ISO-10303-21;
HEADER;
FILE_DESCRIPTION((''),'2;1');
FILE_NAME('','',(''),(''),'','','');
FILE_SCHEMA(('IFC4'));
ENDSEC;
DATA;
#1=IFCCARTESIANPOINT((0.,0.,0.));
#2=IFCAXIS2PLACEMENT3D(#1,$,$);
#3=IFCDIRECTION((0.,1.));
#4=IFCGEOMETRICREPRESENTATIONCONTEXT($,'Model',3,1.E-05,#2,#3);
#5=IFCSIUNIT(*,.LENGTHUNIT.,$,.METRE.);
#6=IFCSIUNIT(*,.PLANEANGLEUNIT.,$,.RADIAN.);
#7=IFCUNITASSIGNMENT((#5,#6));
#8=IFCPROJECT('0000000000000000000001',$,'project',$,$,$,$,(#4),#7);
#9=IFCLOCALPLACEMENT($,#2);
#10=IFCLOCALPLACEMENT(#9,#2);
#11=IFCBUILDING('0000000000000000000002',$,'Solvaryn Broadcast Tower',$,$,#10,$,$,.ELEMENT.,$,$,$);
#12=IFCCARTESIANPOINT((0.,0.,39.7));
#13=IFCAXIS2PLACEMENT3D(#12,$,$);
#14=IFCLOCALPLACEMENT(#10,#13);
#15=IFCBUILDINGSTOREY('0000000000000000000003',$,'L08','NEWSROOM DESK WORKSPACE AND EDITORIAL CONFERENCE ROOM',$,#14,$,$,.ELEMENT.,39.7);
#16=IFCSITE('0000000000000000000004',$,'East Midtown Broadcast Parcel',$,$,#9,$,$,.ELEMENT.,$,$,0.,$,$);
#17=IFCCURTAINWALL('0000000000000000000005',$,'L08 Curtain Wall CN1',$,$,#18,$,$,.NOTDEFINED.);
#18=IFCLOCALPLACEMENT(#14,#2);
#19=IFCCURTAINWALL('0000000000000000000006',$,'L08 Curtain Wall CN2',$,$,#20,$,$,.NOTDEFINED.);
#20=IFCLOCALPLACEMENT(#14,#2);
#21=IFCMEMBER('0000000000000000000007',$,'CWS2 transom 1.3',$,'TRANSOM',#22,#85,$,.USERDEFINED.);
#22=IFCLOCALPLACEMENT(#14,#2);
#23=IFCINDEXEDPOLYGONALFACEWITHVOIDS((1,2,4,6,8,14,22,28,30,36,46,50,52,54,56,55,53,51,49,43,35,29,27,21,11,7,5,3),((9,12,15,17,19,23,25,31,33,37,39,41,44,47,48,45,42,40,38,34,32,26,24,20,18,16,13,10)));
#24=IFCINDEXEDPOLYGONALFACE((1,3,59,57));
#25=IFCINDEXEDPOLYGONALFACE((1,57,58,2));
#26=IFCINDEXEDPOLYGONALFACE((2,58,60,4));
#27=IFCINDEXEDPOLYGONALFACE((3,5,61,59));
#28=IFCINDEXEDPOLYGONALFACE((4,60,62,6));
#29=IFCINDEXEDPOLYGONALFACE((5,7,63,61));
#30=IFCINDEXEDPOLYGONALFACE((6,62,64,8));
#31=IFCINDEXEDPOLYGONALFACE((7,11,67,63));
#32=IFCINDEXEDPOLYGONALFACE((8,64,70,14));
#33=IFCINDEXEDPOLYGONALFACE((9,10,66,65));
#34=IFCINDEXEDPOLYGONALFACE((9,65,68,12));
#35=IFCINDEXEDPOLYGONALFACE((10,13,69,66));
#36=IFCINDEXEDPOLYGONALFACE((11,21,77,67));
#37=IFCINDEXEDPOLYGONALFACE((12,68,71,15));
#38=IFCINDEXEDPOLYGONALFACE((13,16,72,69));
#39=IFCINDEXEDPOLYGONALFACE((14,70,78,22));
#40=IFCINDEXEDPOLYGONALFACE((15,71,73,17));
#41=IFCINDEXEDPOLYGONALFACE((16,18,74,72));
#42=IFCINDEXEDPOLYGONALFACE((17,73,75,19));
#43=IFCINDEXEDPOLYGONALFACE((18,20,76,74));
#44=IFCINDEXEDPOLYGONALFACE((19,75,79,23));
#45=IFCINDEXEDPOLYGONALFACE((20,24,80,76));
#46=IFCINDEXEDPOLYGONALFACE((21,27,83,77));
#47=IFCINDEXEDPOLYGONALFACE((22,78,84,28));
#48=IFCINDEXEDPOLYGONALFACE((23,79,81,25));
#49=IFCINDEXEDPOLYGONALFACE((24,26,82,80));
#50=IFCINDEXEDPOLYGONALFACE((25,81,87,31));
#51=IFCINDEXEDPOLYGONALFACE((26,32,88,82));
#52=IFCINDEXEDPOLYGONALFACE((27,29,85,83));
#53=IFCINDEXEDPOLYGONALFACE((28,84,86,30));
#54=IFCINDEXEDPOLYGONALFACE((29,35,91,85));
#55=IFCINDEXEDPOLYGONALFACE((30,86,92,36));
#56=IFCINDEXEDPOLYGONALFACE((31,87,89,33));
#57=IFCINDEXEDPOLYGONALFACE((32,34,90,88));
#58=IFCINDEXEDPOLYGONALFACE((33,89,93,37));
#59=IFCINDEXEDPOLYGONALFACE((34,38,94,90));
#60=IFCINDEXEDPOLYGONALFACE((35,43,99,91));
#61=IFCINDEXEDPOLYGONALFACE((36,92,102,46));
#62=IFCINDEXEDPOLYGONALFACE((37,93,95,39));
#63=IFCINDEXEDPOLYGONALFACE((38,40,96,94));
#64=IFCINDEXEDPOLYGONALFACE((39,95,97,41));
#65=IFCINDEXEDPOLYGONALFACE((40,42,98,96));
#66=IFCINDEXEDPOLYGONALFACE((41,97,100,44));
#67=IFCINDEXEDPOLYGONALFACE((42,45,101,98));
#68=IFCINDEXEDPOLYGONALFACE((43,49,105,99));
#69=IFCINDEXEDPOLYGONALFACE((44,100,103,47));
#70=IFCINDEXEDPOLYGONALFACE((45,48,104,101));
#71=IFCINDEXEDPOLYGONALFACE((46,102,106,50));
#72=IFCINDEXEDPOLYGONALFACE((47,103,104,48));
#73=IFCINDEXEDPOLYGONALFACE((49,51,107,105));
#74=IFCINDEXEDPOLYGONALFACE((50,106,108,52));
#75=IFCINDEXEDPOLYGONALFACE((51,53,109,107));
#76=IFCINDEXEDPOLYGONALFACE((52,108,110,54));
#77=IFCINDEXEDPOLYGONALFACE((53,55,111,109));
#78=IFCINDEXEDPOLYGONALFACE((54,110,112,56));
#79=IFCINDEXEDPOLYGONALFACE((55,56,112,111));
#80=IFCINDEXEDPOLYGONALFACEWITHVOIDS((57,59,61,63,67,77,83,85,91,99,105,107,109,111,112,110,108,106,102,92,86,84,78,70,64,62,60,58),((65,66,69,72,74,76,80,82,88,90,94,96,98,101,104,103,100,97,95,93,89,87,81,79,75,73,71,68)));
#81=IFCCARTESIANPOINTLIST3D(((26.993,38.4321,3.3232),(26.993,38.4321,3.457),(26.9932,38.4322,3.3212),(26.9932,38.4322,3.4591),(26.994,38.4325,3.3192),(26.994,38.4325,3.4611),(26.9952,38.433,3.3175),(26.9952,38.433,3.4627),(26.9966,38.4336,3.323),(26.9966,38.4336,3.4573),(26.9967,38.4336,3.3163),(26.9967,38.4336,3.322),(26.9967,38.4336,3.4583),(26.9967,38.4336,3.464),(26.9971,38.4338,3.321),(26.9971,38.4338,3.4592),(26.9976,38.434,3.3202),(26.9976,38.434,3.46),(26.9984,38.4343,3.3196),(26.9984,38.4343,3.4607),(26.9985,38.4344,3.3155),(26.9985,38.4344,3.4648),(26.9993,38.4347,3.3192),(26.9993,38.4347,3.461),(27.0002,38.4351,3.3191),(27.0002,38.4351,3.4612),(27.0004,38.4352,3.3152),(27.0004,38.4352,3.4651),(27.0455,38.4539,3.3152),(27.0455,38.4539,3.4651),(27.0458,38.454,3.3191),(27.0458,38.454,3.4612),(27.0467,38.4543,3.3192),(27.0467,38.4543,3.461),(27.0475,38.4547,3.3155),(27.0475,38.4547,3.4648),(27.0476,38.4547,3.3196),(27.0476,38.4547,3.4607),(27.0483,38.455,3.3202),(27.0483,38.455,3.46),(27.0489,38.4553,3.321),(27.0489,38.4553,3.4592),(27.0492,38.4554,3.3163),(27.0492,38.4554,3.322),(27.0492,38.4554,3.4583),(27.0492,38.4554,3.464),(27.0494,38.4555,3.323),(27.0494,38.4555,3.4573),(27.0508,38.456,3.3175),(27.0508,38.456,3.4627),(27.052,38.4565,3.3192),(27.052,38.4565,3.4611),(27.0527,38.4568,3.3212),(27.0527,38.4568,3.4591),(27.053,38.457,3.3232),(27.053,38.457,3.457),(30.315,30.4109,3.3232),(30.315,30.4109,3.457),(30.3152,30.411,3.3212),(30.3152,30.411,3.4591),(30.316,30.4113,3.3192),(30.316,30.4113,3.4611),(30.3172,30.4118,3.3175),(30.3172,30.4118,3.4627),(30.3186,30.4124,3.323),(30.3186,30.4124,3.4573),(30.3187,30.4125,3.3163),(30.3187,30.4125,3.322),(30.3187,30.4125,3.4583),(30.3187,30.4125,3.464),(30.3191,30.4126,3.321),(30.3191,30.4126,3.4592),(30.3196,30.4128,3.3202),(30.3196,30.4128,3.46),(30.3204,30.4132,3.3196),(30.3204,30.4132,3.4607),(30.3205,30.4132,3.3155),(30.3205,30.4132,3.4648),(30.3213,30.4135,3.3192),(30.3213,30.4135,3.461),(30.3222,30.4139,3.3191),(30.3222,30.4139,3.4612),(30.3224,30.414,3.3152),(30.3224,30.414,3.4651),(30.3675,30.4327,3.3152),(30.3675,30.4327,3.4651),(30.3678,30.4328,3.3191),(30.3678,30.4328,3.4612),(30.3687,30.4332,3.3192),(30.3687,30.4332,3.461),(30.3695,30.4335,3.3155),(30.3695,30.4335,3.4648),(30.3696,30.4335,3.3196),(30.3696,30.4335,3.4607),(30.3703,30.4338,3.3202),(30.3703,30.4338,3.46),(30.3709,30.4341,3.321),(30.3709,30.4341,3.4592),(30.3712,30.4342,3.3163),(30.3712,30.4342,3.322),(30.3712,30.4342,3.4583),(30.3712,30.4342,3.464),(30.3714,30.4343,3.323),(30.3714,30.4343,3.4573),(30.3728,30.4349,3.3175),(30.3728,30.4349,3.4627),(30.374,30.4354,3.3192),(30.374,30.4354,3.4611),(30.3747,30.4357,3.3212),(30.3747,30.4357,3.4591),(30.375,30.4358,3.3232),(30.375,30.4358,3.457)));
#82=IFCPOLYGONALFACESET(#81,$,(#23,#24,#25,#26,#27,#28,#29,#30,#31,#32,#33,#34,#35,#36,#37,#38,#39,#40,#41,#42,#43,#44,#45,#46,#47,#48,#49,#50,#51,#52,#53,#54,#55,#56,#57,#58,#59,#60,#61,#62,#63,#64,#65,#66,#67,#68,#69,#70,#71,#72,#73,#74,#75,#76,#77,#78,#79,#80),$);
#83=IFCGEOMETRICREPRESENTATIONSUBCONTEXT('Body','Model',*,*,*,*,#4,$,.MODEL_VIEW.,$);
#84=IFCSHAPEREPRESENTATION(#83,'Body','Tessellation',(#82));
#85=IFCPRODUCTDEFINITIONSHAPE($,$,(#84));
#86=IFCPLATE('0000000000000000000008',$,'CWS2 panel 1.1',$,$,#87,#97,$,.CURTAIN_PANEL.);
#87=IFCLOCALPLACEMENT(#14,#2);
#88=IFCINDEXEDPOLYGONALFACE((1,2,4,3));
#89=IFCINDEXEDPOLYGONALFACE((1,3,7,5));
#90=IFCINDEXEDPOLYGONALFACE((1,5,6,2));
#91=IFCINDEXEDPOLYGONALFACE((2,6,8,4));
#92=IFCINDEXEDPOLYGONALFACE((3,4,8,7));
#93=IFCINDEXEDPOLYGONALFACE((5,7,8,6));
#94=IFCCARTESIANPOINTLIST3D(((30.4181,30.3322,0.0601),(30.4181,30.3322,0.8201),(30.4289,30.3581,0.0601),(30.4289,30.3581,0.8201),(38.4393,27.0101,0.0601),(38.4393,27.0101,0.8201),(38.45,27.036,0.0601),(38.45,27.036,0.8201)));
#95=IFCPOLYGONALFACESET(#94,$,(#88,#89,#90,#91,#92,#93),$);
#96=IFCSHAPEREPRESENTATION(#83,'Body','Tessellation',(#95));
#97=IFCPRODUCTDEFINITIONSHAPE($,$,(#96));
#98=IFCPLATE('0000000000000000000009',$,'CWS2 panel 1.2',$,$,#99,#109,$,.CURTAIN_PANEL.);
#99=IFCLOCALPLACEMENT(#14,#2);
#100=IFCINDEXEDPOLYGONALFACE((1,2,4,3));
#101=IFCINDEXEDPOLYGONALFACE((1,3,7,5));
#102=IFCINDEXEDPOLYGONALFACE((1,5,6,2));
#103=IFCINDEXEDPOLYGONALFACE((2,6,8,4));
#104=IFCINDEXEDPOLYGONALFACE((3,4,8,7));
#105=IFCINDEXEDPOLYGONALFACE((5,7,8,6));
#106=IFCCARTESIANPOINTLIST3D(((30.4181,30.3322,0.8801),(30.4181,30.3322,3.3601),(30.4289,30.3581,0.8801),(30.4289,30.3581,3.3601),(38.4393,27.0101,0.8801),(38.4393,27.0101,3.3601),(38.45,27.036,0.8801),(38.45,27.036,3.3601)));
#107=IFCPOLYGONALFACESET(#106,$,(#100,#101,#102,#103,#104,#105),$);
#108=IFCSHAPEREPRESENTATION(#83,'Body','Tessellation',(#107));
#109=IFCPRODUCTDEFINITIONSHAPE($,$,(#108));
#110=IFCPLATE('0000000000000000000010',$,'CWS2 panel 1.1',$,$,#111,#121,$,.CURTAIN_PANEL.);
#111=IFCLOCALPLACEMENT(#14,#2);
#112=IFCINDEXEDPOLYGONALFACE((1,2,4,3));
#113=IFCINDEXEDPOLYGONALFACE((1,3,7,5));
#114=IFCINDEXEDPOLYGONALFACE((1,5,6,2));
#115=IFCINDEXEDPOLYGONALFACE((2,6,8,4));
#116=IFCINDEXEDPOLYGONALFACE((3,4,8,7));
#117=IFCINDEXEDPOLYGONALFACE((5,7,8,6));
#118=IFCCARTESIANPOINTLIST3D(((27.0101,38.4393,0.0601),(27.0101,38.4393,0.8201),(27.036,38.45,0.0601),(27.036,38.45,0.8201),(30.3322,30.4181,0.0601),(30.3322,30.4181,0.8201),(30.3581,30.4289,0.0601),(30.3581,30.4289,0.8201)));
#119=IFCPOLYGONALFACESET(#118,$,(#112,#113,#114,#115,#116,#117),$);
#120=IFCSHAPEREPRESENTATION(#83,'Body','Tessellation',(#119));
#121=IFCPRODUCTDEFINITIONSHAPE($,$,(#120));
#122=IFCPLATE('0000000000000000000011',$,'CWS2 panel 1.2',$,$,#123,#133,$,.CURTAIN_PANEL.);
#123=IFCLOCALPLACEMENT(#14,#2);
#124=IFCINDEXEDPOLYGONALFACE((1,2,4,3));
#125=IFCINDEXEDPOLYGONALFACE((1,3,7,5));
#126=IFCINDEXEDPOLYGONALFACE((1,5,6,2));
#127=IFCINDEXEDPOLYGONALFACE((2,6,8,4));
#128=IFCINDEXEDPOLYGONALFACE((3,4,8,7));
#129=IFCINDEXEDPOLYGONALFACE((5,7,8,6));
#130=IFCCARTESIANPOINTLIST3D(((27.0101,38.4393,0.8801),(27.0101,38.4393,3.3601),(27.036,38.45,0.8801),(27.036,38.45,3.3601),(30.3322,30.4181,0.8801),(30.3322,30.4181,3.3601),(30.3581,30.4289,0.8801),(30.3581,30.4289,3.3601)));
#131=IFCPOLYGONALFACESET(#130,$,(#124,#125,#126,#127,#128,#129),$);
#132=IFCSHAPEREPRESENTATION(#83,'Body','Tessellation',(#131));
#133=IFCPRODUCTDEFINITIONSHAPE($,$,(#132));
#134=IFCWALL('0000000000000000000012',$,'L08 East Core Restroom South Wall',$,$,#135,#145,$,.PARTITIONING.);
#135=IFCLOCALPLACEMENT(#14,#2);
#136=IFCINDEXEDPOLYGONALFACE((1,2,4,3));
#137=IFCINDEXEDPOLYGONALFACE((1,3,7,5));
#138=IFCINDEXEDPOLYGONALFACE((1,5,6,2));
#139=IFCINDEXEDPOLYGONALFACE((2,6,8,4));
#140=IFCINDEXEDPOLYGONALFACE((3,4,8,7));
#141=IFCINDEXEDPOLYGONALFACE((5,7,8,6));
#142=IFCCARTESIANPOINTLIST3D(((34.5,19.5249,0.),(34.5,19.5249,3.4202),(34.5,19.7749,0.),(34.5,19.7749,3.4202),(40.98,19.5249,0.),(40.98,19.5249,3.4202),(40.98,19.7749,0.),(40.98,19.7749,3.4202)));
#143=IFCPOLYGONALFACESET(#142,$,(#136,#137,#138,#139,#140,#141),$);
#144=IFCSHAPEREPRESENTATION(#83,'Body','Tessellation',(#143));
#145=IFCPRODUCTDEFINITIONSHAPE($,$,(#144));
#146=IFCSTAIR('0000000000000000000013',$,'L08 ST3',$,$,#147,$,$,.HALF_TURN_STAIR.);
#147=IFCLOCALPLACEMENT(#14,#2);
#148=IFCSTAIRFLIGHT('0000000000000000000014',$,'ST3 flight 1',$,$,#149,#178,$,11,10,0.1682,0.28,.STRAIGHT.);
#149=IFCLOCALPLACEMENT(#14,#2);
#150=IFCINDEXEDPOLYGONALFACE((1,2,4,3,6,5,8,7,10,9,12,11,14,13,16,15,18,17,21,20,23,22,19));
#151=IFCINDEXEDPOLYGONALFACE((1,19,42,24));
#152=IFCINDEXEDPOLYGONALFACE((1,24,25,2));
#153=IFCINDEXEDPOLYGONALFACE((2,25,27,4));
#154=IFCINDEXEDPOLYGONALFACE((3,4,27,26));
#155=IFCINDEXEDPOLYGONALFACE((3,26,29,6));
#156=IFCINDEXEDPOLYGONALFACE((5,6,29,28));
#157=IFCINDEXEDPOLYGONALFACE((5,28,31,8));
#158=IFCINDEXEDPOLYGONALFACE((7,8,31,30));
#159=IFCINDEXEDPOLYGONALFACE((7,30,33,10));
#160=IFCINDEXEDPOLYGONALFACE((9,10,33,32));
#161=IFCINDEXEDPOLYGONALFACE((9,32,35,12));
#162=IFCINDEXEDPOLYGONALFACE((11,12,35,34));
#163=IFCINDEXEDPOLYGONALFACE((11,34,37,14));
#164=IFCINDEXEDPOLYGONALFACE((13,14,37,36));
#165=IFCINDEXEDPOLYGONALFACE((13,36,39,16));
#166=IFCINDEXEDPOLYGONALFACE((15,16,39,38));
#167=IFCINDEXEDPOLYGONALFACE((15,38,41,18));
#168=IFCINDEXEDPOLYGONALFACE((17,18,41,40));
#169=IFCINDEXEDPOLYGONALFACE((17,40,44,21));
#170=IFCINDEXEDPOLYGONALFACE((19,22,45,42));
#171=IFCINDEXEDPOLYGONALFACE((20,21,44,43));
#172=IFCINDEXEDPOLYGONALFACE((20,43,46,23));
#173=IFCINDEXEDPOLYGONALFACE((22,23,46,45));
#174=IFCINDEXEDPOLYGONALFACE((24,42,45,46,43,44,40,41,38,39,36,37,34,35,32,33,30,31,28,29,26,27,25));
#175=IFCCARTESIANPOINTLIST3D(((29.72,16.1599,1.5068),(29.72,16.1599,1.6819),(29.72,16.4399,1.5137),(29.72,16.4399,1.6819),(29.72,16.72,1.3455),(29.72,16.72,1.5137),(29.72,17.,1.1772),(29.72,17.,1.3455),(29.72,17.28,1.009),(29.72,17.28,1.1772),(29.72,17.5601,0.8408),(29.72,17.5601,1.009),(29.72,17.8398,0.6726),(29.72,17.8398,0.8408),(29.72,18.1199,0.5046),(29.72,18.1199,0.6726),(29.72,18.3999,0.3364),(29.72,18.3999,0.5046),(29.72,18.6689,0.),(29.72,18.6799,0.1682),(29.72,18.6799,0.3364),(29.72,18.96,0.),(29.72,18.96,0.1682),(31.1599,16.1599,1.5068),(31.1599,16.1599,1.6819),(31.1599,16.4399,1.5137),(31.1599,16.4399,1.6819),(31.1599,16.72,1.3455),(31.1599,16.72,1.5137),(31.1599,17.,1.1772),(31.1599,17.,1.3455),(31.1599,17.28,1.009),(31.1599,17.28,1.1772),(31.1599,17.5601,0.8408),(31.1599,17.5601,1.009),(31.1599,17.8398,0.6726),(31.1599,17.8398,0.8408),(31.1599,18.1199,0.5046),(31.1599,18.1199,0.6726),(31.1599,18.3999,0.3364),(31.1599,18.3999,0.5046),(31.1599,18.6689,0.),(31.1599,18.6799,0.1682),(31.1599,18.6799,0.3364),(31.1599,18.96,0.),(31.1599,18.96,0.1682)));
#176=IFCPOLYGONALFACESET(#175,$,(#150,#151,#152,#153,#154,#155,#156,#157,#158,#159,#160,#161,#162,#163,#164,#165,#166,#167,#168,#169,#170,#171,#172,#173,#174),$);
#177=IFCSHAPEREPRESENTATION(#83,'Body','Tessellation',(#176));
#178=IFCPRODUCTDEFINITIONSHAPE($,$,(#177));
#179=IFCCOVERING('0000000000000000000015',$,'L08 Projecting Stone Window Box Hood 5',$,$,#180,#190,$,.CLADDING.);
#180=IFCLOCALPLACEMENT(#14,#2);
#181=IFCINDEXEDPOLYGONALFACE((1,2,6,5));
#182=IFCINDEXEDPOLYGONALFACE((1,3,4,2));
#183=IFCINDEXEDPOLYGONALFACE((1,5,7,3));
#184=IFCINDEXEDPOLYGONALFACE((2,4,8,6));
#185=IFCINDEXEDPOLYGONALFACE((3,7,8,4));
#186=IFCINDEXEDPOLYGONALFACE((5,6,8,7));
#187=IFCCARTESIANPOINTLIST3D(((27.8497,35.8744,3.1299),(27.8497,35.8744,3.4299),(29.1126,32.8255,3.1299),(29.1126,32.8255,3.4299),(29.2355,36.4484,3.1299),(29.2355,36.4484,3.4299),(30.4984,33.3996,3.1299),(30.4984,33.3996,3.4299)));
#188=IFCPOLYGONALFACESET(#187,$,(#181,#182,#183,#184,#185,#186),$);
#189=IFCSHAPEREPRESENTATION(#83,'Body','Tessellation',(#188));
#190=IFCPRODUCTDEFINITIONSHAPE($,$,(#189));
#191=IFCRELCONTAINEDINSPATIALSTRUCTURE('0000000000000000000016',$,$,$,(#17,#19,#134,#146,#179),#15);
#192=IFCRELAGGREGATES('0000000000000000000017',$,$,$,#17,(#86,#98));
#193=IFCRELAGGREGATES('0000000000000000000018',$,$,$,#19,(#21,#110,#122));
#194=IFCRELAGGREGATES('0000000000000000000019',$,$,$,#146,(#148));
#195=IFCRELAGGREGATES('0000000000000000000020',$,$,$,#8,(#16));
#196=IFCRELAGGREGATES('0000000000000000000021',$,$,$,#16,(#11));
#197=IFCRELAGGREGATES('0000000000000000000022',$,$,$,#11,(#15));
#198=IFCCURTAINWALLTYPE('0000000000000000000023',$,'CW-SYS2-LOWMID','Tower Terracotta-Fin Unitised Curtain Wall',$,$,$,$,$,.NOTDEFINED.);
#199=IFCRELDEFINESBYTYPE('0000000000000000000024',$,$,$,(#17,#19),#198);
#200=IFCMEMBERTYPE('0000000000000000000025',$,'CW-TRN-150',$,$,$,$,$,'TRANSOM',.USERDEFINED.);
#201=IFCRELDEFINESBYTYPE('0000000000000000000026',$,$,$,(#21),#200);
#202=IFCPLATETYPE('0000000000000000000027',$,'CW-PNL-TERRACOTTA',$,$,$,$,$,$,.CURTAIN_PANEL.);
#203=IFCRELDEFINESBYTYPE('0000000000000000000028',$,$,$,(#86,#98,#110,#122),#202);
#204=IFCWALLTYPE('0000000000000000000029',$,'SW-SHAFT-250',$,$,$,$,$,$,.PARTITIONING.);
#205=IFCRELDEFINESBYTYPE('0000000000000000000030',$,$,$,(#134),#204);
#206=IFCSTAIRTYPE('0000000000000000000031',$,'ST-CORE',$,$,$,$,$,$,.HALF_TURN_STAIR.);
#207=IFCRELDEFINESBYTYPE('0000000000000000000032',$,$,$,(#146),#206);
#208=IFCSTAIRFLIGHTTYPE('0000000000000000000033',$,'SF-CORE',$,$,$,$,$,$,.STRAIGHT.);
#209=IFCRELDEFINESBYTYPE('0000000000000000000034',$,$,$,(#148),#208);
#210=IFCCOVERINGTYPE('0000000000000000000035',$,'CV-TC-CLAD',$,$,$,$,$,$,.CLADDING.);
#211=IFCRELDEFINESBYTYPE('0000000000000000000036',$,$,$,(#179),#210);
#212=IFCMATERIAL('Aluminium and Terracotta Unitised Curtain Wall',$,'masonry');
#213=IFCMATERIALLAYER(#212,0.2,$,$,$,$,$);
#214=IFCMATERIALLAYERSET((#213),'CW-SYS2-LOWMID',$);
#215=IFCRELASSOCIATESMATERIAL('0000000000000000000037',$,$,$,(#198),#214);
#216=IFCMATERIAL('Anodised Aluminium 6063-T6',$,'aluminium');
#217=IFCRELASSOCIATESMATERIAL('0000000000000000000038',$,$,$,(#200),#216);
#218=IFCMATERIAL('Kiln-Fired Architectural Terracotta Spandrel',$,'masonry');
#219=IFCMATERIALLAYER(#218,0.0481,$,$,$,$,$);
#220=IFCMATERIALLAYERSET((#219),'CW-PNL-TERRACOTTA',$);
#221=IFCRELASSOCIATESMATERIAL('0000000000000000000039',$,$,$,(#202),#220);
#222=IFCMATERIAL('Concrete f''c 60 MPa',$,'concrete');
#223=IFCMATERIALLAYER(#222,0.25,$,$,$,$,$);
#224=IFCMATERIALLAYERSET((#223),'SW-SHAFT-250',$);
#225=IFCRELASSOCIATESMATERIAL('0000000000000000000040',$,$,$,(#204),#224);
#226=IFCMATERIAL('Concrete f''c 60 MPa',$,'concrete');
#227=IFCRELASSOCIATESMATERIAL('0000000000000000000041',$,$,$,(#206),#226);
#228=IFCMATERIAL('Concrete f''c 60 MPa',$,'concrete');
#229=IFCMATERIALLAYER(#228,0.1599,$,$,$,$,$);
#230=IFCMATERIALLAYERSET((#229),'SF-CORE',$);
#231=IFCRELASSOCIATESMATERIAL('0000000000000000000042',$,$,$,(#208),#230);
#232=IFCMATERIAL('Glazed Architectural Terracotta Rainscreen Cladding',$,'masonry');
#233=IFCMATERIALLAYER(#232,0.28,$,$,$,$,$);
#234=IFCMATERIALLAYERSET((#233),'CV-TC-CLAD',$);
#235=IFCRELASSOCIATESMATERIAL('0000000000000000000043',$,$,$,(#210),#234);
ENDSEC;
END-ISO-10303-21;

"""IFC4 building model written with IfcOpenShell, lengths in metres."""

from ifc_helpers import new_model, si_unit, direction, frame, frame_2d, origin, origin_2d, place, context, subcontext, project, spatial, polyline, rectangle, hollow_rectangle, outline, extrude, material, layer, layer_set, material_profile, profile_set, type_object, element, aggregate, save


model = new_model("IFC4")

# Units and contexts
model_context = context("Model", 3, precision=1e-05, world=origin(), true_north=direction((0.0, 1.0)))
body_context = subcontext(model_context, "Body", "Model", "MODEL_VIEW")
ifc_project = project(units=[si_unit("LENGTHUNIT", "METRE"), si_unit("PLANEANGLEUNIT", "RADIAN")], contexts=[model_context])

# Site, building, storey
site_placement = place(None, origin())
site = spatial("IfcSite", under=ifc_project, at=site_placement, Name="East Midtown Broadcast Parcel", CompositionType="ELEMENT", RefElevation=0.0)
building_placement = place(site_placement, origin())
building = spatial("IfcBuilding", under=site, at=building_placement, Name="Solvaryn Broadcast Tower", CompositionType="ELEMENT")
storey_placement = place(building_placement, frame((0.0, 0.0, 39.7)))
storey = spatial("IfcBuildingStorey", under=building, at=storey_placement, Name="L08", Description="NEWSROOM DESK WORKSPACE AND EDITORIAL CONFERENCE ROOM", CompositionType="ELEMENT", Elevation=39.7)

# Curtain wall
ifc_material_1 = material(Name="Aluminium and Terracotta Unitised Curtain Wall", Category="masonry")
ifc_layer_1 = layer(ifc_material_1, 0.2)
ifc_layer_set_1 = layer_set([ifc_layer_1], Name="CW-SYS2-LOWMID")
curtain_wall_type = type_object("IfcCurtainWallType", Name="CW-SYS2-LOWMID", Description="Tower Terracotta-Fin Unitised Curtain Wall", PredefinedType="NOTDEFINED", material=ifc_layer_set_1)
curtain_wall_1_placement = place(storey_placement, origin())
curtain_wall_1 = element("IfcCurtainWall", 1, at=curtain_wall_1_placement, inside=storey, type_object=curtain_wall_type, Name="L08 Curtain Wall CN1", PredefinedType="NOTDEFINED")

# Curtain wall, member
curtain_wall_2_placement = place(storey_placement, origin())
curtain_wall_2 = element("IfcCurtainWall", 2, at=curtain_wall_2_placement, inside=storey, type_object=curtain_wall_type, Name="L08 Curtain Wall CN2", PredefinedType="NOTDEFINED")
ifc_material_2 = material(Name="Anodised Aluminium 6063-T6", Category="aluminium")
ifc_material_profile_1 = material_profile(ifc_material_2, hollow_rectangle(XDim=0.0649, YDim=0.1499, WallThickness=0.0039, InnerFilletRadius=0.0039, OuterFilletRadius=0.0081, at=origin_2d()))
ifc_profile_set_1 = profile_set([ifc_material_profile_1], Name="Anodised Aluminium 6063-T6")
member_type_1 = type_object("IfcMemberType", Name="CW-TRN-150", ElementType="TRANSOM", PredefinedType="USERDEFINED", material=ifc_profile_set_1)
member_1_placement = place(storey_placement, frame((30.345, 30.4233, 3.3901), z_axis=(-0.382636, 0.923899, 0.0), x_axis=(-0.923899, -0.382636, 0.0)))
member_1 = element("IfcMember", 3, at=member_1_placement, type_object=member_type_1, Name="CWS2 transom 1.3", ObjectType="TRANSOM", PredefinedType="USERDEFINED", context=body_context, shape_type="SweptSolid", body=[
    extrude(hollow_rectangle(XDim=0.0649, YDim=0.1499, WallThickness=0.0039, InnerFilletRadius=0.0039, OuterFilletRadius=0.0081, at=origin_2d()), origin(), (0.0, 0.0, 1.0), 8.6819),
])

# Plates
ifc_material_3 = material(Name="Kiln-Fired Architectural Terracotta Spandrel", Category="masonry")
ifc_layer_2 = layer(ifc_material_3, 0.0481)
ifc_layer_set_2 = layer_set([ifc_layer_2], Name="CW-PNL-TERRACOTTA")
plate_type = type_object("IfcPlateType", Name="CW-PNL-TERRACOTTA", PredefinedType="CURTAIN_PANEL", material=ifc_layer_set_2)
plate_1_placement = place(storey_placement, frame((34.4341, 28.6841, 0.0601), z_axis=(0.0, 0.0, 1.0), x_axis=(-0.923895, 0.382646, 0.0)))
plate_1 = element("IfcPlate", 4, at=plate_1_placement, type_object=plate_type, Name="CWS2 panel 1.1", PredefinedType="CURTAIN_PANEL", context=body_context, shape_type="SweptSolid", body=[
    extrude(rectangle(XDim=8.6819, YDim=0.0281, at=origin_2d()), origin(), (0.0, 0.0, 1.0), 0.76),
])
plate_2_placement = place(storey_placement, frame((34.4341, 28.6841, 0.8801), z_axis=(0.0, 0.0, 1.0), x_axis=(-0.923895, 0.382646, 0.0)))
plate_2 = element("IfcPlate", 5, at=plate_2_placement, type_object=plate_type, Name="CWS2 panel 1.2", PredefinedType="CURTAIN_PANEL", context=body_context, shape_type="SweptSolid", body=[
    extrude(rectangle(XDim=8.6819, YDim=0.0281, at=origin_2d()), origin(), (0.0, 0.0, 1.0), 2.48),
])
aggregate(curtain_wall_1, [plate_1, plate_2])
plate_3_placement = place(storey_placement, frame((28.6841, 34.4341, 0.0601), z_axis=(0.0, 0.0, 1.0), x_axis=(-0.382646, 0.923895, 0.0)))
plate_3 = element("IfcPlate", 6, at=plate_3_placement, type_object=plate_type, Name="CWS2 panel 1.1", PredefinedType="CURTAIN_PANEL", context=body_context, shape_type="SweptSolid", body=[
    extrude(rectangle(XDim=8.6819, YDim=0.0281, at=origin_2d()), origin(), (0.0, 0.0, 1.0), 0.76),
])
plate_4_placement = place(storey_placement, frame((28.6841, 34.4341, 0.8801), z_axis=(0.0, 0.0, 1.0), x_axis=(-0.382646, 0.923895, 0.0)))
plate_4 = element("IfcPlate", 7, at=plate_4_placement, type_object=plate_type, Name="CWS2 panel 1.2", PredefinedType="CURTAIN_PANEL", context=body_context, shape_type="SweptSolid", body=[
    extrude(rectangle(XDim=8.6819, YDim=0.0281, at=origin_2d()), origin(), (0.0, 0.0, 1.0), 2.48),
])
aggregate(curtain_wall_2, [member_1, plate_3, plate_4])

# Wall
ifc_material_4 = material(Name="Concrete f'c 60 MPa", Category="concrete")
ifc_layer_3 = layer(ifc_material_4, 0.25)
ifc_layer_set_3 = layer_set([ifc_layer_3], Name="SW-SHAFT-250")
wall_type_1 = type_object("IfcWallType", Name="SW-SHAFT-250", PredefinedType="PARTITIONING", material=ifc_layer_set_3)
wall_1_placement = place(storey_placement, frame((34.5, 19.6499, 0.0), z_axis=(0.0, 0.0, 1.0), x_axis=(1.0, 0.0, 0.0)))
element("IfcWall", 8, at=wall_1_placement, inside=storey, type_object=wall_type_1, Name="L08 East Core Restroom South Wall", PredefinedType="PARTITIONING", context=body_context, shape_type="SweptSolid", body=[
    extrude(rectangle(XDim=6.48, YDim=0.25, at=frame_2d((3.24, 0.0))), origin(), (0.0, 0.0, 1.0), 3.4202),
])

# Stair, stair flight
ifc_material_5 = material(Name="Concrete f'c 60 MPa", Category="concrete")
stair_type = type_object("IfcStairType", Name="ST-CORE", PredefinedType="HALF_TURN_STAIR", material=ifc_material_5)
stair_placement = place(storey_placement, origin())
stair = element("IfcStair", 9, at=stair_placement, inside=storey, type_object=stair_type, Name="L08 ST3", PredefinedType="HALF_TURN_STAIR")
ifc_material_6 = material(Name="Concrete f'c 60 MPa", Category="concrete")
ifc_layer_4 = layer(ifc_material_6, 0.1599)
ifc_layer_set_4 = layer_set([ifc_layer_4], Name="SF-CORE")
stair_flight_type = type_object("IfcStairFlightType", Name="SF-CORE", PredefinedType="STRAIGHT", material=ifc_layer_set_4)
stair_flight_placement = place(storey_placement, frame((30.4399, 18.96, 0.0), z_axis=(0.0, 0.0, 1.0), x_axis=(0.0, -1.0, 0.0)))
stair_flight = element("IfcStairFlight", 10, at=stair_flight_placement, type_object=stair_flight_type, Name="ST3 flight 1", NumberOfRisers=11, NumberOfTreads=10, PredefinedType="STRAIGHT", RiserHeight=0.1682, TreadLength=0.28, context=body_context, shape_type="SweptSolid", body=[
    extrude(outline(polyline([(0.0, 0.0), (0.0, 0.1682), (0.28, 0.1682), (0.28, 0.3364), (0.5601, 0.3364), (0.5601, 0.5046), (0.8401, 0.5046), (0.8401, 0.6726), (1.1201, 0.6726), (1.1201, 0.8408), (1.3999, 0.8408), (1.3999, 1.009), (1.6799, 1.009), (1.6799, 1.1772), (1.96, 1.1772), (1.96, 1.3455), (2.24, 1.3455), (2.24, 1.5137), (2.52, 1.5137), (2.52, 1.6819), (2.8, 1.6819), (2.8, 1.8501), (2.8, 1.5068), (0.291, 0.0), (0.0, 0.0)])), frame((0.0, 0.72, 0.0), z_axis=(0.0, -1.0, 0.0), x_axis=(1.0, 0.0, 0.0)), (0.0, 0.0, 1.0), 1.4399),
])
aggregate(stair, [stair_flight])

# Covering
ifc_material_7 = material(Name="Glazed Architectural Terracotta Rainscreen Cladding", Category="masonry")
ifc_layer_5 = layer(ifc_material_7, 0.28)
ifc_layer_set_5 = layer_set([ifc_layer_5], Name="CV-TC-CLAD")
covering_type_1 = type_object("IfcCoveringType", Name="CV-TC-CLAD", PredefinedType="CLADDING", material=ifc_layer_set_5)
covering_1_placement = place(storey_placement, frame((29.1741, 34.637, 3.1299), z_axis=(0.0, 0.0, 1.0), x_axis=(-0.382683, 0.92388, 0.0)))
element("IfcCovering", 11, at=covering_1_placement, inside=storey, type_object=covering_type_1, Name="L08 Projecting Stone Window Box Hood 5", PredefinedType="CLADDING", context=body_context, shape_type="SweptSolid", body=[
    extrude(rectangle(XDim=3.3, YDim=1.5, at=origin_2d()), origin(), (0.0, 0.0, 1.0), 0.3),
])

save(model, "model.ifc")
